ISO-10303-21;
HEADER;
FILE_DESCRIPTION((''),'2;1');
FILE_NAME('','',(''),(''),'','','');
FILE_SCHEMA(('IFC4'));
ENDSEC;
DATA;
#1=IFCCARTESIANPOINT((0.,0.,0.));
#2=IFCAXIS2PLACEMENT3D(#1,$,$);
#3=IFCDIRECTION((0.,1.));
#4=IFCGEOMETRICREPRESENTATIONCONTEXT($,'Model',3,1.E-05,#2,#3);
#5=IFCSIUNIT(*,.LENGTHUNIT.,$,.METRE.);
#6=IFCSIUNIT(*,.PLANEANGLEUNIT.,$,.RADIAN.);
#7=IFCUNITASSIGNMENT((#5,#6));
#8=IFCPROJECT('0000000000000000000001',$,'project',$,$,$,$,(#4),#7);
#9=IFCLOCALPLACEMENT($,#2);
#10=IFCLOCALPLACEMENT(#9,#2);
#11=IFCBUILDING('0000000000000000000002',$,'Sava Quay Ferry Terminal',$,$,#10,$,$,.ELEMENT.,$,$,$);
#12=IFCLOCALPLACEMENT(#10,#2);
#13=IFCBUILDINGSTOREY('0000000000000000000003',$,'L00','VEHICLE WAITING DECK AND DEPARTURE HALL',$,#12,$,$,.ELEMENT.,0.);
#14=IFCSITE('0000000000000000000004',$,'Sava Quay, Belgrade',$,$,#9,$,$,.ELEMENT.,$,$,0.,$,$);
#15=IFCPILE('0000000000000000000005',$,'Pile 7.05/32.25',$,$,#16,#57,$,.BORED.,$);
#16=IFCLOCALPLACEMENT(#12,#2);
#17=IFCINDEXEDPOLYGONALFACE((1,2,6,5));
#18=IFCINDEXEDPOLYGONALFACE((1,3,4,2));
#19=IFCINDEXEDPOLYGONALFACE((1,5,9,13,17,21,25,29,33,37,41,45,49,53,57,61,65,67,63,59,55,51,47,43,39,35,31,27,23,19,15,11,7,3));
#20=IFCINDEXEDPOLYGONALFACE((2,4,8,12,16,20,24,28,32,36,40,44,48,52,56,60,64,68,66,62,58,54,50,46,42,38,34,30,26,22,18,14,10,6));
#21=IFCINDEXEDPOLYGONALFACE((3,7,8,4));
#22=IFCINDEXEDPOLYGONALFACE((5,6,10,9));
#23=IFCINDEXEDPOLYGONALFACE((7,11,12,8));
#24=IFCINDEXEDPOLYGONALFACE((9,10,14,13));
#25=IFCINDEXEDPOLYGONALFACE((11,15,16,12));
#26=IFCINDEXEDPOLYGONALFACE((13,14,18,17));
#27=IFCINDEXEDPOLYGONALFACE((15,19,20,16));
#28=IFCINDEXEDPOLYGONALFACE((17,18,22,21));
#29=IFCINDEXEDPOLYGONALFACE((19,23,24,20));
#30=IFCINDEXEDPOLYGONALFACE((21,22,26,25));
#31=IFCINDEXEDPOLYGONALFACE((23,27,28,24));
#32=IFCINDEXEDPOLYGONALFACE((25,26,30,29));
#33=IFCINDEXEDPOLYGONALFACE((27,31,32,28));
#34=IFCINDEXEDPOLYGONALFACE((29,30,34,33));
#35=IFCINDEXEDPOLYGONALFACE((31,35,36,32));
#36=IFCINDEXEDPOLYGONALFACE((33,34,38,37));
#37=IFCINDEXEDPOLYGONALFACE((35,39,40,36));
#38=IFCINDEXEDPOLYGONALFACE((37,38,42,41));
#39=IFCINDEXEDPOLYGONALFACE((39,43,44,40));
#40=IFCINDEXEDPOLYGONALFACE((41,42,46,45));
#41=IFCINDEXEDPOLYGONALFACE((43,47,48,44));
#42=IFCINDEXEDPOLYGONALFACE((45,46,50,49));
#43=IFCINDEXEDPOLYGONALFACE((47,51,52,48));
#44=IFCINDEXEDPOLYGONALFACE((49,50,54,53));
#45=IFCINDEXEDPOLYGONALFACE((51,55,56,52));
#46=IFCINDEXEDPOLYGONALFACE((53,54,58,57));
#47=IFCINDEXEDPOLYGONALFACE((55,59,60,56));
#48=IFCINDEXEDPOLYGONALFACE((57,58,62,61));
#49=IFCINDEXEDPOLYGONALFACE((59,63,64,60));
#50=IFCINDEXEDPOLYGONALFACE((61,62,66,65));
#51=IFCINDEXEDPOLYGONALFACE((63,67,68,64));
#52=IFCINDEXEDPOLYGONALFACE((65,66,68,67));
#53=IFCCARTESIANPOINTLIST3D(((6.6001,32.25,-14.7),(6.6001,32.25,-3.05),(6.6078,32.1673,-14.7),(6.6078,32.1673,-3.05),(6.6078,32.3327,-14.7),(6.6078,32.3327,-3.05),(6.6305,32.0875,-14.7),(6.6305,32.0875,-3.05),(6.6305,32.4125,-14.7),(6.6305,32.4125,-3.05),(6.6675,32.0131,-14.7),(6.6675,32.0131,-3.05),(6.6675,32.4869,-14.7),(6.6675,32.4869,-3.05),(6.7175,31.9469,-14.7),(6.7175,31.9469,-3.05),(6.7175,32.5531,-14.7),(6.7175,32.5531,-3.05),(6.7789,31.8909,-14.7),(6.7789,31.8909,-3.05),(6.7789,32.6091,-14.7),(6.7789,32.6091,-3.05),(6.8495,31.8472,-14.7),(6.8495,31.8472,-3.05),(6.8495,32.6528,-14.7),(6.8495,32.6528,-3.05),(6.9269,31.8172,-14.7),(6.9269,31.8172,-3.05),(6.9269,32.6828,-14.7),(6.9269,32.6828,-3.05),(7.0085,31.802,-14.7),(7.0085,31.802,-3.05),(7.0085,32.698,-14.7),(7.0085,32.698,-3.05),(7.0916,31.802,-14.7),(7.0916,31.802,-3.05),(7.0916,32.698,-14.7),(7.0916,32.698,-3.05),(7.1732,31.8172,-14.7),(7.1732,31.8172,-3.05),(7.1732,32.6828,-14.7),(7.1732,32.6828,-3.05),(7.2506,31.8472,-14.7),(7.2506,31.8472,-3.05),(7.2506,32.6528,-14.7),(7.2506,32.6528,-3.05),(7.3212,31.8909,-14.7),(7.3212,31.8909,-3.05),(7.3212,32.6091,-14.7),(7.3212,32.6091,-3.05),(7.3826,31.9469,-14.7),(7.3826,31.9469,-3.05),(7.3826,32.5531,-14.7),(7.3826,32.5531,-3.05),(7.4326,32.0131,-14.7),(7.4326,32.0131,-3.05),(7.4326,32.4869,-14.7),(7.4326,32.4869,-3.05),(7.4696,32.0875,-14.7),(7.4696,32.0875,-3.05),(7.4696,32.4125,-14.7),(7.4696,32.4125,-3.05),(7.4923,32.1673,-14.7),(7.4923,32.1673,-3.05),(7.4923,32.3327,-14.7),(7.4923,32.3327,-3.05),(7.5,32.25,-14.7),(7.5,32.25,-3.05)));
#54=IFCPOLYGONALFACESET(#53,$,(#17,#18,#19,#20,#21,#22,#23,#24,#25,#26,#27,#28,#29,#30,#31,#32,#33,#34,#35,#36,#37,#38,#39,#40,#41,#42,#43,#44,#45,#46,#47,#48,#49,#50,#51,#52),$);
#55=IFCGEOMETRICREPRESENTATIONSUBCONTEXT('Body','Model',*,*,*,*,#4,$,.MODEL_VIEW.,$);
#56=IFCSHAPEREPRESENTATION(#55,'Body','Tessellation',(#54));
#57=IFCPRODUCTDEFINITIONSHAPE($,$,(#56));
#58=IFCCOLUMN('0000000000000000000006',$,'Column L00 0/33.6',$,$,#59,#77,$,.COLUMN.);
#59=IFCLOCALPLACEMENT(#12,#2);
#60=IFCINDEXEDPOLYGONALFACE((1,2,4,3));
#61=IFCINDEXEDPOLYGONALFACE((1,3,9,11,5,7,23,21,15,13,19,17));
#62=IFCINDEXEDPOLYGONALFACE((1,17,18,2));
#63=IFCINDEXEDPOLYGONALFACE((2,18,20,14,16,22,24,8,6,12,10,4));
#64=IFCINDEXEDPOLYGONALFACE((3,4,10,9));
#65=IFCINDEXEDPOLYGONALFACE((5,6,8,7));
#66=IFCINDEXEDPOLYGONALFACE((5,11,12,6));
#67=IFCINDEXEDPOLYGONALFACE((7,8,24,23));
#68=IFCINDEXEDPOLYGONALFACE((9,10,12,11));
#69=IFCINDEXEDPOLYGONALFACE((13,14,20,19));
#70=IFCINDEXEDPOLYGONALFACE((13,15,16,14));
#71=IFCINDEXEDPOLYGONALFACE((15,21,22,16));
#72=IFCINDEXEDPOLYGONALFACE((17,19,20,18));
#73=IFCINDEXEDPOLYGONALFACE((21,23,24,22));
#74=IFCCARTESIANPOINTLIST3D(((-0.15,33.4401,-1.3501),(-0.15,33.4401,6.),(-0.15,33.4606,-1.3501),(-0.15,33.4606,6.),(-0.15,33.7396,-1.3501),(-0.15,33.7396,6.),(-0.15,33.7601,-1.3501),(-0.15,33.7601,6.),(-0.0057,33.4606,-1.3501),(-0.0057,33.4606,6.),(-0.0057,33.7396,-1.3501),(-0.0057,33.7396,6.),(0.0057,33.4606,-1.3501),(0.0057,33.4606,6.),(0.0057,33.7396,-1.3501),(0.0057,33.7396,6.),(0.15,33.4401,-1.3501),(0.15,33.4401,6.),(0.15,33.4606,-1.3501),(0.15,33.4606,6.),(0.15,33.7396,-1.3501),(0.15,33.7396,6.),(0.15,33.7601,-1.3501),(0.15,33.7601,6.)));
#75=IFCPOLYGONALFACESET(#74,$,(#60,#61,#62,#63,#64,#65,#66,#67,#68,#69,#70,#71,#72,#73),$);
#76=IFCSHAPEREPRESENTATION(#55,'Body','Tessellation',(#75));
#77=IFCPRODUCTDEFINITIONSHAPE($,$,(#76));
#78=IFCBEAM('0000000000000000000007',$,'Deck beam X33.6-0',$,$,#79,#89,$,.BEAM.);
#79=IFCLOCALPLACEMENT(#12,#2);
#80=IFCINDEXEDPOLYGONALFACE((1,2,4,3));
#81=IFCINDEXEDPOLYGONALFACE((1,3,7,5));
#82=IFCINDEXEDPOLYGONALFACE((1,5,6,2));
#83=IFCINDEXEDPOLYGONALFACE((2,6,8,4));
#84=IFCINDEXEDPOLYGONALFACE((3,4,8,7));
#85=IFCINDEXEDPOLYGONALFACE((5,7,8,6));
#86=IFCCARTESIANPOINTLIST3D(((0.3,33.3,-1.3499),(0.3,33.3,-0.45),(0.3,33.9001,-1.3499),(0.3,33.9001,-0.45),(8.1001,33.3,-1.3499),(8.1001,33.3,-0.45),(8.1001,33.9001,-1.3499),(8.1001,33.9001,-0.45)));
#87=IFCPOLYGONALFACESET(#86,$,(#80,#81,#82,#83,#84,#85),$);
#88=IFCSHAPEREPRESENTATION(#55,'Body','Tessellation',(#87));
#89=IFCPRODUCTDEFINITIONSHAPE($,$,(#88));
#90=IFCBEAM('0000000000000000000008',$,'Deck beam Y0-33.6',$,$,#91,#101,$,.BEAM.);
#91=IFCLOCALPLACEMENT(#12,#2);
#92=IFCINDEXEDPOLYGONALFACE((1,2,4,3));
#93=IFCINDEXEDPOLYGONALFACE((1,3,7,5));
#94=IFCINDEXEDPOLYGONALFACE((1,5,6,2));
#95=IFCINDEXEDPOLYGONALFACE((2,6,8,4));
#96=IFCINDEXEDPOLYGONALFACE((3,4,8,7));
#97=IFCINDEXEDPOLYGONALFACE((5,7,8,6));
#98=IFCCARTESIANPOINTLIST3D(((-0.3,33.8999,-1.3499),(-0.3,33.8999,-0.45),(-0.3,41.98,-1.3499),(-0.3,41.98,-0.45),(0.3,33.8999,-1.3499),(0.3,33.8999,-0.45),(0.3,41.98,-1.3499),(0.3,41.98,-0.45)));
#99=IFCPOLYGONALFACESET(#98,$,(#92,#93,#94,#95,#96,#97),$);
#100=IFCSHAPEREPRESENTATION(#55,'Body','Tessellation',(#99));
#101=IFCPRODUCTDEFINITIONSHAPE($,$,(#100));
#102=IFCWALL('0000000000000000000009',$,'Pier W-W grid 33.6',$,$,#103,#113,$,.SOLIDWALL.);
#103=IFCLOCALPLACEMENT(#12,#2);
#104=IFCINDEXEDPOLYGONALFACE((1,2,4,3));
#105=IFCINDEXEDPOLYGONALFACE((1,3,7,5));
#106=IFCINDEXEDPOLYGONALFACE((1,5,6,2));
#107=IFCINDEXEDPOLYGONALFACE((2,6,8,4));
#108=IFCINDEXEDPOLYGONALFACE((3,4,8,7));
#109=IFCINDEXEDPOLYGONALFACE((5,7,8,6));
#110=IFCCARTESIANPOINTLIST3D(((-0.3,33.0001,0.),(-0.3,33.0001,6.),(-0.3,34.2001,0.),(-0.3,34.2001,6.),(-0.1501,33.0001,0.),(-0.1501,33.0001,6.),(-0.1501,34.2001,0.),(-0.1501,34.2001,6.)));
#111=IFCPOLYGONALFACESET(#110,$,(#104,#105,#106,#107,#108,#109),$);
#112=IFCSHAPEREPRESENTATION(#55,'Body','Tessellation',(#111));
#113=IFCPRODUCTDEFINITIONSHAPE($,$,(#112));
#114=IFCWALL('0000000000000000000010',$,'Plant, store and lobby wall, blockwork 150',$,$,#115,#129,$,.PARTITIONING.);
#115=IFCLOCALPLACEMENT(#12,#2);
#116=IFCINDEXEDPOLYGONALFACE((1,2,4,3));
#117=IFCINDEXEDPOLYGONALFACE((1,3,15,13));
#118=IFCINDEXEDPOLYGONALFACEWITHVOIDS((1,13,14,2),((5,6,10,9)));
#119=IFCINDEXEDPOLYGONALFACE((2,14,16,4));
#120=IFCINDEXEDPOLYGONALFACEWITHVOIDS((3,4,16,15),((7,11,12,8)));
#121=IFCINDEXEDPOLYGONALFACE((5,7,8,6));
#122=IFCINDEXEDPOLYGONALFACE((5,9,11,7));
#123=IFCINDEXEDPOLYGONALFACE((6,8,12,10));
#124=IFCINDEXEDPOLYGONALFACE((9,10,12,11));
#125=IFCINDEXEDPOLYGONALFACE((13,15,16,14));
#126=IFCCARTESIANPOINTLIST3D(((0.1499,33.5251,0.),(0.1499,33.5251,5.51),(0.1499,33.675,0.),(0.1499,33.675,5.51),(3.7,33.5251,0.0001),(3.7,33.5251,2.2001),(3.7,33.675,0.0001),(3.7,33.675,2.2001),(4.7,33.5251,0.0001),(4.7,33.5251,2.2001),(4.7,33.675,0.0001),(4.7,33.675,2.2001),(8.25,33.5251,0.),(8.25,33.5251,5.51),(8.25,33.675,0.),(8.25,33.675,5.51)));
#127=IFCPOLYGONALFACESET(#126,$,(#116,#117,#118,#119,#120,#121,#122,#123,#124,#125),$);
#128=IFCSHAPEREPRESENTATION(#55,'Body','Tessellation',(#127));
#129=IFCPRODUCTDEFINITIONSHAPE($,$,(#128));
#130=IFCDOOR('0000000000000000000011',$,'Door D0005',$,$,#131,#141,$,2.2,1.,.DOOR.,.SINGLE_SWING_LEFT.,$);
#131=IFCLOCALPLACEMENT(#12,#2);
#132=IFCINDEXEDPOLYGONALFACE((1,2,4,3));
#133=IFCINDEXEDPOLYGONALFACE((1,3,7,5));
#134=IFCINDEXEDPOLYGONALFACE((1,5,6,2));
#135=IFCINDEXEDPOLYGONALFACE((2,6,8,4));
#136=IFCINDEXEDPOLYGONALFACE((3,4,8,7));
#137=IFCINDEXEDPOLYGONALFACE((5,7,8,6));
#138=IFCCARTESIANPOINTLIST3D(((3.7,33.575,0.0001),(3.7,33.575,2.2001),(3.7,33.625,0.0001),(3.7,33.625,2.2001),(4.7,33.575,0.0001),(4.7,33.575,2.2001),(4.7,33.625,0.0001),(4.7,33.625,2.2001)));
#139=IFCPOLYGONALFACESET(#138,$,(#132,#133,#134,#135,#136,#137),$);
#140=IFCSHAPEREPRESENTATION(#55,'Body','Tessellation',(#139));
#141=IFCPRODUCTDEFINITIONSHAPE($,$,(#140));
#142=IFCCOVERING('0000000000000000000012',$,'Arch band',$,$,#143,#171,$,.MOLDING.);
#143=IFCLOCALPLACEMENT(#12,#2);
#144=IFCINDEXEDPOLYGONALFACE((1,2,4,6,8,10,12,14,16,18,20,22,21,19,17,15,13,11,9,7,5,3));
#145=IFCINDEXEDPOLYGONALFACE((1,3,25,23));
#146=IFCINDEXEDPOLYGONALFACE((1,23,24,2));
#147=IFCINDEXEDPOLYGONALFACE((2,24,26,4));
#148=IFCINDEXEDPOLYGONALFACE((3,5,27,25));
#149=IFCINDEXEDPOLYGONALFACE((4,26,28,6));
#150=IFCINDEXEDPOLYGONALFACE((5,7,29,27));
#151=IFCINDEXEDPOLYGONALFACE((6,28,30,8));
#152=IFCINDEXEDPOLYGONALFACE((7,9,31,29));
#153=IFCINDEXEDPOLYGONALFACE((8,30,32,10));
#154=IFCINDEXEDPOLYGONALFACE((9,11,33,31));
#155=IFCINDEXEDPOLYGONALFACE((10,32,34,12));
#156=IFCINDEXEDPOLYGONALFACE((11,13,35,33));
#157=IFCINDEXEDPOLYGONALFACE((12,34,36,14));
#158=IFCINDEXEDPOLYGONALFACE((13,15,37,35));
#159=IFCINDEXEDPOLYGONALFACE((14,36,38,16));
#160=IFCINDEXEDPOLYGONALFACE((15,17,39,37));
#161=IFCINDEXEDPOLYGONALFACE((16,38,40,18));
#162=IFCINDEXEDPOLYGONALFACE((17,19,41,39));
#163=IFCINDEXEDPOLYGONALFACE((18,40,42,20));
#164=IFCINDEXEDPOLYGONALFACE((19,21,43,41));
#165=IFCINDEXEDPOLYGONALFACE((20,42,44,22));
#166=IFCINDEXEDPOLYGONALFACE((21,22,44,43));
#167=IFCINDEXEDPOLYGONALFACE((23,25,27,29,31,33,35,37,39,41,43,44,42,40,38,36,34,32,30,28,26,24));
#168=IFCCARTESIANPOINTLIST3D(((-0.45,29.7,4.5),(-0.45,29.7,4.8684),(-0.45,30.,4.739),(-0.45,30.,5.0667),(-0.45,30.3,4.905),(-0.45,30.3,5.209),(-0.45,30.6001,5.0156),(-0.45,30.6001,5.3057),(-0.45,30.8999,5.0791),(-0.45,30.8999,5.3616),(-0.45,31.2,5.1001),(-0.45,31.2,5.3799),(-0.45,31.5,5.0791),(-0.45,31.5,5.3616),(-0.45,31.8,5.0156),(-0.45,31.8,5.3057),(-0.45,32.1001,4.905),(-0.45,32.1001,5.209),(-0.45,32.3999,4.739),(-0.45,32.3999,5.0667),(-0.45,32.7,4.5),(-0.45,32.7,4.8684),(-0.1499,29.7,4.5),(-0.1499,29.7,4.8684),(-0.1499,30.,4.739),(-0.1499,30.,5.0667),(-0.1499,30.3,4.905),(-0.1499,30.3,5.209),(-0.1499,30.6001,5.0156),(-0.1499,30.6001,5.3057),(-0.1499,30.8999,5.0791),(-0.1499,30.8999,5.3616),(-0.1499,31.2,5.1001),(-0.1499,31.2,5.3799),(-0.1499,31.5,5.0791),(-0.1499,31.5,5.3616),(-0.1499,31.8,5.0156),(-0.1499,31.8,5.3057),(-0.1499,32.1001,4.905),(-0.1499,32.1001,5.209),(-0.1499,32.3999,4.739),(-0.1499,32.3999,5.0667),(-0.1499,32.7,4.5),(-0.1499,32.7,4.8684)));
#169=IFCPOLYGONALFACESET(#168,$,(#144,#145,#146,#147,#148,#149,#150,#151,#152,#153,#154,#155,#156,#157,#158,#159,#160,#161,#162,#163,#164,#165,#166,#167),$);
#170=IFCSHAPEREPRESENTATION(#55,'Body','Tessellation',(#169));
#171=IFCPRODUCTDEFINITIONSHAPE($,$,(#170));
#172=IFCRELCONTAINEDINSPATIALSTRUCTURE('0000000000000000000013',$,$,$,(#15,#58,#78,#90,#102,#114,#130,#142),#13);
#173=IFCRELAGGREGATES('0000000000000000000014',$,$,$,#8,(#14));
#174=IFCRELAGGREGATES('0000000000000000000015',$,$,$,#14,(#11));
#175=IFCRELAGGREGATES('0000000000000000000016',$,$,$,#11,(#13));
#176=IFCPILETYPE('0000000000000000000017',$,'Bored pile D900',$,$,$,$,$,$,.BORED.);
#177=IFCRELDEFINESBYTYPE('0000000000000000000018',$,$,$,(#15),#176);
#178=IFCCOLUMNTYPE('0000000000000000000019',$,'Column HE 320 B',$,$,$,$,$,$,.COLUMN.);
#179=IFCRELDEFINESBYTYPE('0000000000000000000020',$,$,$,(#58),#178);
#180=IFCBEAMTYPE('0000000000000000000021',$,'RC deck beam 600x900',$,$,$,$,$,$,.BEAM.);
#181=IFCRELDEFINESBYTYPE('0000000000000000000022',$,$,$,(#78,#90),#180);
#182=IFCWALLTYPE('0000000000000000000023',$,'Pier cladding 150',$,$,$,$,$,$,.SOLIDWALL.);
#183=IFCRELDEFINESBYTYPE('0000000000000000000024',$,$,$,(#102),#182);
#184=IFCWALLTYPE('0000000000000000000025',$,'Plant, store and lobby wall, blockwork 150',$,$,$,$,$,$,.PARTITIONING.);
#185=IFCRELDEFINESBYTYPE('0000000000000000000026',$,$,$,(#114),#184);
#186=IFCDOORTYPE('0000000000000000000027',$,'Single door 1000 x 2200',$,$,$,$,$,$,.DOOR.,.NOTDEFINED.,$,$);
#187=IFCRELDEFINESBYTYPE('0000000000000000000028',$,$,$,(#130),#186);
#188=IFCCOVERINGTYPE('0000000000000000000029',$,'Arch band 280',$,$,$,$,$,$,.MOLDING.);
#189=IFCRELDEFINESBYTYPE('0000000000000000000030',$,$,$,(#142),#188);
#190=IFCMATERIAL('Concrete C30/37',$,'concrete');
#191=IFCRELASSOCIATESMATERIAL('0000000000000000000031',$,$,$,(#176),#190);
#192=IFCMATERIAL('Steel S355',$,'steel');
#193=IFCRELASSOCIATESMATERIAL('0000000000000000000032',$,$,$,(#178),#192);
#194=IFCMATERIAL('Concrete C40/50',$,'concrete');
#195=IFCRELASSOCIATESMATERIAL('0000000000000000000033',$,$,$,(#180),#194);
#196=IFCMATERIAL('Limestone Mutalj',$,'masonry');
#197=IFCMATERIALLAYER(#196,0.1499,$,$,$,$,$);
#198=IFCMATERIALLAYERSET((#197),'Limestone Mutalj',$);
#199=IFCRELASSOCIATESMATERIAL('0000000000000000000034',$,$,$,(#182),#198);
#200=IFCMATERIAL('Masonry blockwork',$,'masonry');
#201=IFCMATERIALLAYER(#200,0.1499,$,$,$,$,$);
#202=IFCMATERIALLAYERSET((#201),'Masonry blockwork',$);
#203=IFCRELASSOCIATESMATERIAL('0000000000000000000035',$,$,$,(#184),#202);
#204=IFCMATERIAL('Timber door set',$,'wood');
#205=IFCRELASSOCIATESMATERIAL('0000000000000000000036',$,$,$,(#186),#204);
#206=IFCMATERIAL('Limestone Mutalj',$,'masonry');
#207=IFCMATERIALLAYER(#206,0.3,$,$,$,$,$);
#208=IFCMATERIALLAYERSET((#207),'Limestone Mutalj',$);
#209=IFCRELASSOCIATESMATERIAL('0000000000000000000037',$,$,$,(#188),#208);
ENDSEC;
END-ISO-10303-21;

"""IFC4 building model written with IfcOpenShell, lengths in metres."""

from ifc_helpers import new_model, si_unit, direction, frame, frame_2d, origin, origin_2d, place, context, subcontext, project, spatial, polyline, rectangle, circle, i_section, outline, extrude, material, layer, layer_set, material_profile, profile_set, type_object, element, fill, save


model = new_model("IFC4")

# Units and contexts
model_context = context("Model", 3, precision=1e-05, world=origin(), true_north=direction((0.0, 1.0)))
body_context = subcontext(model_context, "Body", "Model", "MODEL_VIEW")
ifc_project = project(units=[si_unit("LENGTHUNIT", "METRE"), si_unit("PLANEANGLEUNIT", "RADIAN")], contexts=[model_context])

# Site, building, storey
site_placement = place(None, origin())
site = spatial("IfcSite", under=ifc_project, at=site_placement, Name="Sava Quay, Belgrade", CompositionType="ELEMENT", RefElevation=0.0)
building_placement = place(site_placement, origin())
building = spatial("IfcBuilding", under=site, at=building_placement, Name="Sava Quay Ferry Terminal", CompositionType="ELEMENT")
storey_placement = place(building_placement, origin())
storey = spatial("IfcBuildingStorey", under=building, at=storey_placement, Name="L00", Description="VEHICLE WAITING DECK AND DEPARTURE HALL", CompositionType="ELEMENT", Elevation=0.0)

# Pile
ifc_material_1 = material(Name="Concrete C30/37", Category="concrete")
ifc_material_profile_1 = material_profile(ifc_material_1, circle(Radius=0.45, at=origin_2d()), Name="Bored pile D900")
ifc_profile_set_1 = profile_set([ifc_material_profile_1], Name="Concrete C30/37")
pile_type = type_object("IfcPileType", Name="Bored pile D900", PredefinedType="BORED", material=ifc_profile_set_1)
for number, where, z_axis, x_axis, name in (
    (1, (7.05, 32.25, -3.05), (0.0, 0.0, -1.0), (1.0, 0.0, 0.0), "Pile 7.05/32.25"),
):
    element("IfcPile", number, at=place(storey_placement, frame(where, z_axis=z_axis, x_axis=x_axis)), inside=storey, type_object=pile_type, Name=name, PredefinedType="BORED", context=body_context, shape_type="SweptSolid", body=[
        extrude(circle(Radius=0.45, at=origin_2d()), origin(), (0.0, 0.0, 1.0), 11.6499),
    ])

# Column
ifc_material_2 = material(Name="Steel S355", Category="steel")
ifc_material_profile_2 = material_profile(ifc_material_2, i_section(OverallWidth=0.3, OverallDepth=0.3201, WebThickness=0.0115, FlangeThickness=0.0205, at=origin_2d()), Name="HE 320 B")
ifc_profile_set_2 = profile_set([ifc_material_profile_2], Name="Steel S355")
column_type = type_object("IfcColumnType", Name="Column HE 320 B", PredefinedType="COLUMN", material=ifc_profile_set_2)
column_placement = place(storey_placement, frame((0.0, 33.6001, -1.3501), z_axis=(0.0, 0.0, 1.0), x_axis=(1.0, 0.0, 0.0)))
element("IfcColumn", 2, at=column_placement, inside=storey, type_object=column_type, Name="Column L00 0/33.6", PredefinedType="COLUMN", context=body_context, shape_type="SweptSolid", body=[
    extrude(i_section(OverallWidth=0.3, OverallDepth=0.3201, WebThickness=0.0115, FlangeThickness=0.0205, at=origin_2d()), origin(), (0.0, 0.0, 1.0), 7.3501),
])

# Beams
ifc_material_3 = material(Name="Concrete C40/50", Category="concrete")
ifc_material_profile_3 = material_profile(ifc_material_3, rectangle(XDim=0.6001, YDim=0.8999, at=origin_2d()), Name="RC 600x900")
ifc_profile_set_3 = profile_set([ifc_material_profile_3], Name="Concrete C40/50")
beam_type = type_object("IfcBeamType", Name="RC deck beam 600x900", PredefinedType="BEAM", material=ifc_profile_set_3)
beam_1_placement = place(storey_placement, frame((0.3, 33.6001, -0.8999), z_axis=(1.0, 0.0, 0.0), x_axis=(0.0, 1.0, 0.0)))
element("IfcBeam", 3, at=beam_1_placement, inside=storey, type_object=beam_type, Name="Deck beam X33.6-0", PredefinedType="BEAM", context=body_context, shape_type="SweptSolid", body=[
    extrude(rectangle(XDim=0.6001, YDim=0.8999, at=origin_2d()), origin(), (0.0, 0.0, 1.0), 7.8),
])
beam_2_placement = place(storey_placement, frame((0.0, 33.8999, -0.8999), z_axis=(0.0, 1.0, 0.0), x_axis=(-1.0, 0.0, 0.0)))
element("IfcBeam", 4, at=beam_2_placement, inside=storey, type_object=beam_type, Name="Deck beam Y0-33.6", PredefinedType="BEAM", context=body_context, shape_type="SweptSolid", body=[
    extrude(rectangle(XDim=0.6001, YDim=0.8999, at=origin_2d()), origin(), (0.0, 0.0, 1.0), 8.0801),
])

# Wall
ifc_material_4 = material(Name="Limestone Mutalj", Category="masonry")
ifc_layer_1 = layer(ifc_material_4, 0.1499)
ifc_layer_set_1 = layer_set([ifc_layer_1], Name="Limestone Mutalj")
wall_type_1 = type_object("IfcWallType", Name="Pier cladding 150", PredefinedType="SOLIDWALL", material=ifc_layer_set_1)
wall_1_placement = place(storey_placement, frame((-0.2251, 33.0, 0.0), z_axis=(0.0, 0.0, 1.0), x_axis=(0.0, 1.0, 0.0)))
element("IfcWall", 5, at=wall_1_placement, inside=storey, type_object=wall_type_1, Name="Pier W-W grid 33.6", PredefinedType="SOLIDWALL", context=body_context, shape_type="SweptSolid", body=[
    extrude(rectangle(XDim=1.2, YDim=0.1499, at=frame_2d((0.6001, 0.0))), origin(), (0.0, 0.0, 1.0), 6.0),
])

# Wall, opening, door
ifc_material_5 = material(Name="Masonry blockwork", Category="masonry")
ifc_layer_2 = layer(ifc_material_5, 0.1499)
ifc_layer_set_2 = layer_set([ifc_layer_2], Name="Masonry blockwork")
wall_type_2 = type_object("IfcWallType", Name="Plant, store and lobby wall, blockwork 150", PredefinedType="PARTITIONING", material=ifc_layer_set_2)
wall_2_placement = place(storey_placement, frame((0.1499, 33.6001, 0.0), z_axis=(0.0, 0.0, 1.0), x_axis=(1.0, 0.0, 0.0)))
wall_2 = element("IfcWall", 6, at=wall_2_placement, inside=storey, type_object=wall_type_2, Name="Plant, store and lobby wall, blockwork 150", PredefinedType="PARTITIONING", context=body_context, shape_type="SweptSolid", body=[
    extrude(rectangle(XDim=8.1001, YDim=0.1499, at=frame_2d((4.05, 0.0))), origin(), (0.0, 0.0, 1.0), 5.51),
])
opening_1_placement = place(wall_2_placement, frame((3.55, 0.0, 0.0)))
opening_1 = element("IfcOpeningElement", 7, at=opening_1_placement, cuts=wall_2, PredefinedType="OPENING", context=body_context, shape_type="SweptSolid", body=[
    extrude(rectangle(XDim=1.0, YDim=2.2, at=frame_2d((0.5, 1.1001))), frame((0.0, 0.075, 0.0), z_axis=(0.0, -1.0, 0.0), x_axis=(1.0, 0.0, 0.0)), (0.0, 0.0, 1.0), 0.1499),
])
ifc_material_6 = material(Name="Timber door set", Category="wood")
door_type_1 = type_object("IfcDoorType", Name="Single door 1000 x 2200", OperationType="NOTDEFINED", PredefinedType="DOOR", material=ifc_material_6)
door_1_placement = place(opening_1_placement, origin())
door_1 = element("IfcDoor", 8, at=door_1_placement, inside=storey, type_object=door_type_1, Name="Door D0005", OperationType="SINGLE_SWING_LEFT", OverallHeight=2.2, OverallWidth=1.0, PredefinedType="DOOR", context=body_context, shape_type="SweptSolid", body=[
    extrude(rectangle(XDim=1.0, YDim=2.2, at=frame_2d((0.5, 1.1001))), frame((0.0, 0.0249, 0.0), z_axis=(0.0, -1.0, 0.0), x_axis=(1.0, 0.0, 0.0)), (0.0, 0.0, 1.0), 0.05),
])
fill(opening_1, door_1)

# Covering
ifc_material_7 = material(Name="Limestone Mutalj", Category="masonry")
ifc_layer_3 = layer(ifc_material_7, 0.3)
ifc_layer_set_3 = layer_set([ifc_layer_3], Name="Limestone Mutalj")
covering_type_1 = type_object("IfcCoveringType", Name="Arch band 280", PredefinedType="MOLDING", material=ifc_layer_set_3)
covering_placement = place(storey_placement, frame((-0.1499, 29.7, 4.5), z_axis=(1.0, 0.0, 0.0), x_axis=(0.0, 0.782171, 0.623064)))
element("IfcCovering", 9, at=covering_placement, inside=storey, type_object=covering_type_1, Name="Arch band", PredefinedType="MOLDING", context=body_context, shape_type="SweptSolid", body=[
    extrude(outline(polyline([(0.0, 0.0), (0.3836, 0.0), (0.7217, -0.0571), (1.0253, -0.1575), (1.2994, -0.2947), (1.5472, -0.4652), (1.7688, -0.6686), (1.9639, -0.9052), (2.1297, -1.1786), (2.2607, -1.4953), (2.3465, -1.8692), (2.5761, -1.581), (2.4649, -1.239), (2.3191, -0.9409), (2.1446, -0.6783), (1.9448, -0.4476), (1.7215, -0.2464), (1.4754, -0.0737), (1.206, 0.0693), (0.9111, 0.1806), (0.5877, 0.2563), (0.2295, 0.2882), (0.0, 0.0)])), origin(), (0.0, 0.0, -1.0), 0.3),
])

save(model, "model.ifc")
